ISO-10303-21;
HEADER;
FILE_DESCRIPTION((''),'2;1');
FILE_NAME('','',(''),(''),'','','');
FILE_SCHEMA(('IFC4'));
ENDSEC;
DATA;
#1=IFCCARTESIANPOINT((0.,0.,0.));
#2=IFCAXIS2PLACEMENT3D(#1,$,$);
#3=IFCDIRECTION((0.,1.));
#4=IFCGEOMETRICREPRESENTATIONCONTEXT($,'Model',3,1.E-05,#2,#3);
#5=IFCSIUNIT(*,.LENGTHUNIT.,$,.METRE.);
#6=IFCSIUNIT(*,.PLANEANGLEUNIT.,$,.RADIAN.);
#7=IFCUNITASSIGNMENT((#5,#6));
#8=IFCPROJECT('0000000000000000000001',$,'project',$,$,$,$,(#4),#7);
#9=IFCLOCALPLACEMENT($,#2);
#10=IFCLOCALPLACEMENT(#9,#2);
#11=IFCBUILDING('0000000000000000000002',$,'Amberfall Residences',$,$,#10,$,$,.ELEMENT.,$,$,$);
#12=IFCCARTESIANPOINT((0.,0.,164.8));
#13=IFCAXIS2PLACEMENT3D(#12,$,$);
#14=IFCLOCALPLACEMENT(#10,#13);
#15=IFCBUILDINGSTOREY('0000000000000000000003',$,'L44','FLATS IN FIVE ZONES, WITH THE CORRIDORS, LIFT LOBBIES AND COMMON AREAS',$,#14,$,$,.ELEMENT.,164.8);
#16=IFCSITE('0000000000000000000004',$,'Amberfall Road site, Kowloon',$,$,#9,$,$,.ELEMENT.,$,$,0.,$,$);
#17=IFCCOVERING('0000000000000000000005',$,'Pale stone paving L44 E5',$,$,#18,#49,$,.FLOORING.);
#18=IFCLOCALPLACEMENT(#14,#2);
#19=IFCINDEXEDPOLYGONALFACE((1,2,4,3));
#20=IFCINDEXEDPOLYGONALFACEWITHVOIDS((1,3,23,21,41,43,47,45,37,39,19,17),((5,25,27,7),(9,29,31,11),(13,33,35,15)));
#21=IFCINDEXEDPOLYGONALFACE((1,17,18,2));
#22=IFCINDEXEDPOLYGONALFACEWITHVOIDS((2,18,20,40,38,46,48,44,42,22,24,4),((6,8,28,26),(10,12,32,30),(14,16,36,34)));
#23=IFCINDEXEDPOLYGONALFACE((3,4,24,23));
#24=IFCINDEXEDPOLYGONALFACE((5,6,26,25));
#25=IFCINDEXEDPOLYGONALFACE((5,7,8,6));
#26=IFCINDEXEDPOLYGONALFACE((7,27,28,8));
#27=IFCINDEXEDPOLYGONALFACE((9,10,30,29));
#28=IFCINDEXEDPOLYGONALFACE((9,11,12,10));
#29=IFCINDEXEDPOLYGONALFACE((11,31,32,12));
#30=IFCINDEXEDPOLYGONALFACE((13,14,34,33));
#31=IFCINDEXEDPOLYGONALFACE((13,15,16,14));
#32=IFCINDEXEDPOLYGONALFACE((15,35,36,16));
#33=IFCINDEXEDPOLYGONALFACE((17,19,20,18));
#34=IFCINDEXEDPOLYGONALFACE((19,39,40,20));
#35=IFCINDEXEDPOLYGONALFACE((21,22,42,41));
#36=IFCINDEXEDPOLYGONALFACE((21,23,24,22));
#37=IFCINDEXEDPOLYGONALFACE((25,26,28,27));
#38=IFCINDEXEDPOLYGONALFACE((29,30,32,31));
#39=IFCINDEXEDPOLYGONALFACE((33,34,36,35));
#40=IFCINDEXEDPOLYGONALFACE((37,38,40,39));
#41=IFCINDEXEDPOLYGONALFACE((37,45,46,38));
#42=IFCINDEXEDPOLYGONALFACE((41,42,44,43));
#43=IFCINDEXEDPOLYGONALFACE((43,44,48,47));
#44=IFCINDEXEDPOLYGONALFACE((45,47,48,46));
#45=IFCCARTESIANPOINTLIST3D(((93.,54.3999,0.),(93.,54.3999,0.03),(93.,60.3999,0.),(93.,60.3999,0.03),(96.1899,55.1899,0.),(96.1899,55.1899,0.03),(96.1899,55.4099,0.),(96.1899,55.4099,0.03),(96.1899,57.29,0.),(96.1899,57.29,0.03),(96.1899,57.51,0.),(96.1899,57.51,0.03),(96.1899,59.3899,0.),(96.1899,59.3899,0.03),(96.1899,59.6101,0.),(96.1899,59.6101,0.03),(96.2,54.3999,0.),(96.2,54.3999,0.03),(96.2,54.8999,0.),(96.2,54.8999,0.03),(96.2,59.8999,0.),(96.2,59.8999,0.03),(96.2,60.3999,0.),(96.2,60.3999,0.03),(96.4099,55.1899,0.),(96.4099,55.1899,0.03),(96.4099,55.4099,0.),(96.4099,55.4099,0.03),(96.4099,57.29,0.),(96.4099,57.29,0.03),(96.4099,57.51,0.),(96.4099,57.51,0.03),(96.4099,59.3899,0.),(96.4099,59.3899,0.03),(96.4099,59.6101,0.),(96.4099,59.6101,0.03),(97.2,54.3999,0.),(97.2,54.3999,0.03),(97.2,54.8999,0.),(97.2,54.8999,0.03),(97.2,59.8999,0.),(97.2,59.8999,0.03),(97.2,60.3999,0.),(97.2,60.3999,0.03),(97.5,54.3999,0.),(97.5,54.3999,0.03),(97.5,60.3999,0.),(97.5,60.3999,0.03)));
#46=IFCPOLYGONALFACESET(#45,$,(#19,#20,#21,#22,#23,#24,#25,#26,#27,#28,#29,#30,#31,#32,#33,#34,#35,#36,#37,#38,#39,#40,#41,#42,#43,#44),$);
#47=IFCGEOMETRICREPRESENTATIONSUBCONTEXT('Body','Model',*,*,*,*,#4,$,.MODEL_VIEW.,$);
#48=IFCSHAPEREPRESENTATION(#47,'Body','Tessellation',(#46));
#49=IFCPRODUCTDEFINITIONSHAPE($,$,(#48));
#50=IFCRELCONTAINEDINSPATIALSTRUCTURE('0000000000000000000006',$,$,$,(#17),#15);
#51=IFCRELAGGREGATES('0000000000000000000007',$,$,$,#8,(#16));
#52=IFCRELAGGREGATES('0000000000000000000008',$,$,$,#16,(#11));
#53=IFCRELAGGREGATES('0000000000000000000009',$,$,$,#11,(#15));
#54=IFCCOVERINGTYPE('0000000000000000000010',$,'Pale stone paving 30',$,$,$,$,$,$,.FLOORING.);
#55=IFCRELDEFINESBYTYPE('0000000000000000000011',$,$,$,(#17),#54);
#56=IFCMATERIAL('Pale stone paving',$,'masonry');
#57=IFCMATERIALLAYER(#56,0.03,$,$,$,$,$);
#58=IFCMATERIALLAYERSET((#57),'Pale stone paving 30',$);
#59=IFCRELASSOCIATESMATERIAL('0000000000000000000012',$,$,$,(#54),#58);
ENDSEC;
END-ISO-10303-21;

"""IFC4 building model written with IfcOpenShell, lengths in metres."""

from ifc_helpers import new_model, si_unit, direction, frame, origin, place, context, subcontext, project, spatial, polyline, outline, extrude, material, layer, layer_set, type_object, element, save


model = new_model("IFC4")

# Units and contexts
model_context = context("Model", 3, precision=1e-05, world=origin(), true_north=direction((0.0, 1.0)))
body_context = subcontext(model_context, "Body", "Model", "MODEL_VIEW")
ifc_project = project(units=[si_unit("LENGTHUNIT", "METRE"), si_unit("PLANEANGLEUNIT", "RADIAN")], contexts=[model_context])

# Site, building, storey
site_placement = place(None, origin())
site = spatial("IfcSite", under=ifc_project, at=site_placement, Name="Amberfall Road site, Kowloon", CompositionType="ELEMENT", RefElevation=0.0)
building_placement = place(site_placement, origin())
building = spatial("IfcBuilding", under=site, at=building_placement, Name="Amberfall Residences", CompositionType="ELEMENT")
storey_placement = place(building_placement, frame((0.0, 0.0, 164.8)))
storey = spatial("IfcBuildingStorey", under=building, at=storey_placement, Name="L44", Description="FLATS IN FIVE ZONES, WITH THE CORRIDORS, LIFT LOBBIES AND COMMON AREAS", CompositionType="ELEMENT", Elevation=164.8)

# Covering
ifc_material_1 = material(Name="Pale stone paving", Category="masonry")
ifc_layer_1 = layer(ifc_material_1, 0.03)
ifc_layer_set_1 = layer_set([ifc_layer_1], Name="Pale stone paving 30")
covering_type_1 = type_object("IfcCoveringType", Name="Pale stone paving 30", PredefinedType="FLOORING", material=ifc_layer_set_1)
covering_1_placement = place(storey_placement, origin())
element("IfcCovering", 1, at=covering_1_placement, inside=storey, type_object=covering_type_1, Name="Pale stone paving L44 E5", PredefinedType="FLOORING", context=body_context, shape_type="SweptSolid", body=[
    extrude(outline(polyline([(97.5, 60.3999), (97.2, 60.3999), (97.2, 59.8999), (96.2, 59.8999), (96.2, 60.3999), (93.0, 60.3999), (93.0, 54.3999), (96.2, 54.3999), (96.2, 54.8999), (97.2, 54.8999), (97.2, 54.3999), (97.5, 54.3999), (97.5, 60.3999)]), holes=[polyline([(96.1899, 55.1899), (96.4099, 55.1899), (96.4099, 55.4099), (96.1899, 55.4099), (96.1899, 55.1899)]), polyline([(96.1899, 57.29), (96.4099, 57.29), (96.4099, 57.51), (96.1899, 57.51), (96.1899, 57.29)]), polyline([(96.1899, 59.3899), (96.4099, 59.3899), (96.4099, 59.6101), (96.1899, 59.6101), (96.1899, 59.3899)])]), origin(), (0.0, 0.0, 1.0), 0.03),
])

save(model, "model.ifc")
